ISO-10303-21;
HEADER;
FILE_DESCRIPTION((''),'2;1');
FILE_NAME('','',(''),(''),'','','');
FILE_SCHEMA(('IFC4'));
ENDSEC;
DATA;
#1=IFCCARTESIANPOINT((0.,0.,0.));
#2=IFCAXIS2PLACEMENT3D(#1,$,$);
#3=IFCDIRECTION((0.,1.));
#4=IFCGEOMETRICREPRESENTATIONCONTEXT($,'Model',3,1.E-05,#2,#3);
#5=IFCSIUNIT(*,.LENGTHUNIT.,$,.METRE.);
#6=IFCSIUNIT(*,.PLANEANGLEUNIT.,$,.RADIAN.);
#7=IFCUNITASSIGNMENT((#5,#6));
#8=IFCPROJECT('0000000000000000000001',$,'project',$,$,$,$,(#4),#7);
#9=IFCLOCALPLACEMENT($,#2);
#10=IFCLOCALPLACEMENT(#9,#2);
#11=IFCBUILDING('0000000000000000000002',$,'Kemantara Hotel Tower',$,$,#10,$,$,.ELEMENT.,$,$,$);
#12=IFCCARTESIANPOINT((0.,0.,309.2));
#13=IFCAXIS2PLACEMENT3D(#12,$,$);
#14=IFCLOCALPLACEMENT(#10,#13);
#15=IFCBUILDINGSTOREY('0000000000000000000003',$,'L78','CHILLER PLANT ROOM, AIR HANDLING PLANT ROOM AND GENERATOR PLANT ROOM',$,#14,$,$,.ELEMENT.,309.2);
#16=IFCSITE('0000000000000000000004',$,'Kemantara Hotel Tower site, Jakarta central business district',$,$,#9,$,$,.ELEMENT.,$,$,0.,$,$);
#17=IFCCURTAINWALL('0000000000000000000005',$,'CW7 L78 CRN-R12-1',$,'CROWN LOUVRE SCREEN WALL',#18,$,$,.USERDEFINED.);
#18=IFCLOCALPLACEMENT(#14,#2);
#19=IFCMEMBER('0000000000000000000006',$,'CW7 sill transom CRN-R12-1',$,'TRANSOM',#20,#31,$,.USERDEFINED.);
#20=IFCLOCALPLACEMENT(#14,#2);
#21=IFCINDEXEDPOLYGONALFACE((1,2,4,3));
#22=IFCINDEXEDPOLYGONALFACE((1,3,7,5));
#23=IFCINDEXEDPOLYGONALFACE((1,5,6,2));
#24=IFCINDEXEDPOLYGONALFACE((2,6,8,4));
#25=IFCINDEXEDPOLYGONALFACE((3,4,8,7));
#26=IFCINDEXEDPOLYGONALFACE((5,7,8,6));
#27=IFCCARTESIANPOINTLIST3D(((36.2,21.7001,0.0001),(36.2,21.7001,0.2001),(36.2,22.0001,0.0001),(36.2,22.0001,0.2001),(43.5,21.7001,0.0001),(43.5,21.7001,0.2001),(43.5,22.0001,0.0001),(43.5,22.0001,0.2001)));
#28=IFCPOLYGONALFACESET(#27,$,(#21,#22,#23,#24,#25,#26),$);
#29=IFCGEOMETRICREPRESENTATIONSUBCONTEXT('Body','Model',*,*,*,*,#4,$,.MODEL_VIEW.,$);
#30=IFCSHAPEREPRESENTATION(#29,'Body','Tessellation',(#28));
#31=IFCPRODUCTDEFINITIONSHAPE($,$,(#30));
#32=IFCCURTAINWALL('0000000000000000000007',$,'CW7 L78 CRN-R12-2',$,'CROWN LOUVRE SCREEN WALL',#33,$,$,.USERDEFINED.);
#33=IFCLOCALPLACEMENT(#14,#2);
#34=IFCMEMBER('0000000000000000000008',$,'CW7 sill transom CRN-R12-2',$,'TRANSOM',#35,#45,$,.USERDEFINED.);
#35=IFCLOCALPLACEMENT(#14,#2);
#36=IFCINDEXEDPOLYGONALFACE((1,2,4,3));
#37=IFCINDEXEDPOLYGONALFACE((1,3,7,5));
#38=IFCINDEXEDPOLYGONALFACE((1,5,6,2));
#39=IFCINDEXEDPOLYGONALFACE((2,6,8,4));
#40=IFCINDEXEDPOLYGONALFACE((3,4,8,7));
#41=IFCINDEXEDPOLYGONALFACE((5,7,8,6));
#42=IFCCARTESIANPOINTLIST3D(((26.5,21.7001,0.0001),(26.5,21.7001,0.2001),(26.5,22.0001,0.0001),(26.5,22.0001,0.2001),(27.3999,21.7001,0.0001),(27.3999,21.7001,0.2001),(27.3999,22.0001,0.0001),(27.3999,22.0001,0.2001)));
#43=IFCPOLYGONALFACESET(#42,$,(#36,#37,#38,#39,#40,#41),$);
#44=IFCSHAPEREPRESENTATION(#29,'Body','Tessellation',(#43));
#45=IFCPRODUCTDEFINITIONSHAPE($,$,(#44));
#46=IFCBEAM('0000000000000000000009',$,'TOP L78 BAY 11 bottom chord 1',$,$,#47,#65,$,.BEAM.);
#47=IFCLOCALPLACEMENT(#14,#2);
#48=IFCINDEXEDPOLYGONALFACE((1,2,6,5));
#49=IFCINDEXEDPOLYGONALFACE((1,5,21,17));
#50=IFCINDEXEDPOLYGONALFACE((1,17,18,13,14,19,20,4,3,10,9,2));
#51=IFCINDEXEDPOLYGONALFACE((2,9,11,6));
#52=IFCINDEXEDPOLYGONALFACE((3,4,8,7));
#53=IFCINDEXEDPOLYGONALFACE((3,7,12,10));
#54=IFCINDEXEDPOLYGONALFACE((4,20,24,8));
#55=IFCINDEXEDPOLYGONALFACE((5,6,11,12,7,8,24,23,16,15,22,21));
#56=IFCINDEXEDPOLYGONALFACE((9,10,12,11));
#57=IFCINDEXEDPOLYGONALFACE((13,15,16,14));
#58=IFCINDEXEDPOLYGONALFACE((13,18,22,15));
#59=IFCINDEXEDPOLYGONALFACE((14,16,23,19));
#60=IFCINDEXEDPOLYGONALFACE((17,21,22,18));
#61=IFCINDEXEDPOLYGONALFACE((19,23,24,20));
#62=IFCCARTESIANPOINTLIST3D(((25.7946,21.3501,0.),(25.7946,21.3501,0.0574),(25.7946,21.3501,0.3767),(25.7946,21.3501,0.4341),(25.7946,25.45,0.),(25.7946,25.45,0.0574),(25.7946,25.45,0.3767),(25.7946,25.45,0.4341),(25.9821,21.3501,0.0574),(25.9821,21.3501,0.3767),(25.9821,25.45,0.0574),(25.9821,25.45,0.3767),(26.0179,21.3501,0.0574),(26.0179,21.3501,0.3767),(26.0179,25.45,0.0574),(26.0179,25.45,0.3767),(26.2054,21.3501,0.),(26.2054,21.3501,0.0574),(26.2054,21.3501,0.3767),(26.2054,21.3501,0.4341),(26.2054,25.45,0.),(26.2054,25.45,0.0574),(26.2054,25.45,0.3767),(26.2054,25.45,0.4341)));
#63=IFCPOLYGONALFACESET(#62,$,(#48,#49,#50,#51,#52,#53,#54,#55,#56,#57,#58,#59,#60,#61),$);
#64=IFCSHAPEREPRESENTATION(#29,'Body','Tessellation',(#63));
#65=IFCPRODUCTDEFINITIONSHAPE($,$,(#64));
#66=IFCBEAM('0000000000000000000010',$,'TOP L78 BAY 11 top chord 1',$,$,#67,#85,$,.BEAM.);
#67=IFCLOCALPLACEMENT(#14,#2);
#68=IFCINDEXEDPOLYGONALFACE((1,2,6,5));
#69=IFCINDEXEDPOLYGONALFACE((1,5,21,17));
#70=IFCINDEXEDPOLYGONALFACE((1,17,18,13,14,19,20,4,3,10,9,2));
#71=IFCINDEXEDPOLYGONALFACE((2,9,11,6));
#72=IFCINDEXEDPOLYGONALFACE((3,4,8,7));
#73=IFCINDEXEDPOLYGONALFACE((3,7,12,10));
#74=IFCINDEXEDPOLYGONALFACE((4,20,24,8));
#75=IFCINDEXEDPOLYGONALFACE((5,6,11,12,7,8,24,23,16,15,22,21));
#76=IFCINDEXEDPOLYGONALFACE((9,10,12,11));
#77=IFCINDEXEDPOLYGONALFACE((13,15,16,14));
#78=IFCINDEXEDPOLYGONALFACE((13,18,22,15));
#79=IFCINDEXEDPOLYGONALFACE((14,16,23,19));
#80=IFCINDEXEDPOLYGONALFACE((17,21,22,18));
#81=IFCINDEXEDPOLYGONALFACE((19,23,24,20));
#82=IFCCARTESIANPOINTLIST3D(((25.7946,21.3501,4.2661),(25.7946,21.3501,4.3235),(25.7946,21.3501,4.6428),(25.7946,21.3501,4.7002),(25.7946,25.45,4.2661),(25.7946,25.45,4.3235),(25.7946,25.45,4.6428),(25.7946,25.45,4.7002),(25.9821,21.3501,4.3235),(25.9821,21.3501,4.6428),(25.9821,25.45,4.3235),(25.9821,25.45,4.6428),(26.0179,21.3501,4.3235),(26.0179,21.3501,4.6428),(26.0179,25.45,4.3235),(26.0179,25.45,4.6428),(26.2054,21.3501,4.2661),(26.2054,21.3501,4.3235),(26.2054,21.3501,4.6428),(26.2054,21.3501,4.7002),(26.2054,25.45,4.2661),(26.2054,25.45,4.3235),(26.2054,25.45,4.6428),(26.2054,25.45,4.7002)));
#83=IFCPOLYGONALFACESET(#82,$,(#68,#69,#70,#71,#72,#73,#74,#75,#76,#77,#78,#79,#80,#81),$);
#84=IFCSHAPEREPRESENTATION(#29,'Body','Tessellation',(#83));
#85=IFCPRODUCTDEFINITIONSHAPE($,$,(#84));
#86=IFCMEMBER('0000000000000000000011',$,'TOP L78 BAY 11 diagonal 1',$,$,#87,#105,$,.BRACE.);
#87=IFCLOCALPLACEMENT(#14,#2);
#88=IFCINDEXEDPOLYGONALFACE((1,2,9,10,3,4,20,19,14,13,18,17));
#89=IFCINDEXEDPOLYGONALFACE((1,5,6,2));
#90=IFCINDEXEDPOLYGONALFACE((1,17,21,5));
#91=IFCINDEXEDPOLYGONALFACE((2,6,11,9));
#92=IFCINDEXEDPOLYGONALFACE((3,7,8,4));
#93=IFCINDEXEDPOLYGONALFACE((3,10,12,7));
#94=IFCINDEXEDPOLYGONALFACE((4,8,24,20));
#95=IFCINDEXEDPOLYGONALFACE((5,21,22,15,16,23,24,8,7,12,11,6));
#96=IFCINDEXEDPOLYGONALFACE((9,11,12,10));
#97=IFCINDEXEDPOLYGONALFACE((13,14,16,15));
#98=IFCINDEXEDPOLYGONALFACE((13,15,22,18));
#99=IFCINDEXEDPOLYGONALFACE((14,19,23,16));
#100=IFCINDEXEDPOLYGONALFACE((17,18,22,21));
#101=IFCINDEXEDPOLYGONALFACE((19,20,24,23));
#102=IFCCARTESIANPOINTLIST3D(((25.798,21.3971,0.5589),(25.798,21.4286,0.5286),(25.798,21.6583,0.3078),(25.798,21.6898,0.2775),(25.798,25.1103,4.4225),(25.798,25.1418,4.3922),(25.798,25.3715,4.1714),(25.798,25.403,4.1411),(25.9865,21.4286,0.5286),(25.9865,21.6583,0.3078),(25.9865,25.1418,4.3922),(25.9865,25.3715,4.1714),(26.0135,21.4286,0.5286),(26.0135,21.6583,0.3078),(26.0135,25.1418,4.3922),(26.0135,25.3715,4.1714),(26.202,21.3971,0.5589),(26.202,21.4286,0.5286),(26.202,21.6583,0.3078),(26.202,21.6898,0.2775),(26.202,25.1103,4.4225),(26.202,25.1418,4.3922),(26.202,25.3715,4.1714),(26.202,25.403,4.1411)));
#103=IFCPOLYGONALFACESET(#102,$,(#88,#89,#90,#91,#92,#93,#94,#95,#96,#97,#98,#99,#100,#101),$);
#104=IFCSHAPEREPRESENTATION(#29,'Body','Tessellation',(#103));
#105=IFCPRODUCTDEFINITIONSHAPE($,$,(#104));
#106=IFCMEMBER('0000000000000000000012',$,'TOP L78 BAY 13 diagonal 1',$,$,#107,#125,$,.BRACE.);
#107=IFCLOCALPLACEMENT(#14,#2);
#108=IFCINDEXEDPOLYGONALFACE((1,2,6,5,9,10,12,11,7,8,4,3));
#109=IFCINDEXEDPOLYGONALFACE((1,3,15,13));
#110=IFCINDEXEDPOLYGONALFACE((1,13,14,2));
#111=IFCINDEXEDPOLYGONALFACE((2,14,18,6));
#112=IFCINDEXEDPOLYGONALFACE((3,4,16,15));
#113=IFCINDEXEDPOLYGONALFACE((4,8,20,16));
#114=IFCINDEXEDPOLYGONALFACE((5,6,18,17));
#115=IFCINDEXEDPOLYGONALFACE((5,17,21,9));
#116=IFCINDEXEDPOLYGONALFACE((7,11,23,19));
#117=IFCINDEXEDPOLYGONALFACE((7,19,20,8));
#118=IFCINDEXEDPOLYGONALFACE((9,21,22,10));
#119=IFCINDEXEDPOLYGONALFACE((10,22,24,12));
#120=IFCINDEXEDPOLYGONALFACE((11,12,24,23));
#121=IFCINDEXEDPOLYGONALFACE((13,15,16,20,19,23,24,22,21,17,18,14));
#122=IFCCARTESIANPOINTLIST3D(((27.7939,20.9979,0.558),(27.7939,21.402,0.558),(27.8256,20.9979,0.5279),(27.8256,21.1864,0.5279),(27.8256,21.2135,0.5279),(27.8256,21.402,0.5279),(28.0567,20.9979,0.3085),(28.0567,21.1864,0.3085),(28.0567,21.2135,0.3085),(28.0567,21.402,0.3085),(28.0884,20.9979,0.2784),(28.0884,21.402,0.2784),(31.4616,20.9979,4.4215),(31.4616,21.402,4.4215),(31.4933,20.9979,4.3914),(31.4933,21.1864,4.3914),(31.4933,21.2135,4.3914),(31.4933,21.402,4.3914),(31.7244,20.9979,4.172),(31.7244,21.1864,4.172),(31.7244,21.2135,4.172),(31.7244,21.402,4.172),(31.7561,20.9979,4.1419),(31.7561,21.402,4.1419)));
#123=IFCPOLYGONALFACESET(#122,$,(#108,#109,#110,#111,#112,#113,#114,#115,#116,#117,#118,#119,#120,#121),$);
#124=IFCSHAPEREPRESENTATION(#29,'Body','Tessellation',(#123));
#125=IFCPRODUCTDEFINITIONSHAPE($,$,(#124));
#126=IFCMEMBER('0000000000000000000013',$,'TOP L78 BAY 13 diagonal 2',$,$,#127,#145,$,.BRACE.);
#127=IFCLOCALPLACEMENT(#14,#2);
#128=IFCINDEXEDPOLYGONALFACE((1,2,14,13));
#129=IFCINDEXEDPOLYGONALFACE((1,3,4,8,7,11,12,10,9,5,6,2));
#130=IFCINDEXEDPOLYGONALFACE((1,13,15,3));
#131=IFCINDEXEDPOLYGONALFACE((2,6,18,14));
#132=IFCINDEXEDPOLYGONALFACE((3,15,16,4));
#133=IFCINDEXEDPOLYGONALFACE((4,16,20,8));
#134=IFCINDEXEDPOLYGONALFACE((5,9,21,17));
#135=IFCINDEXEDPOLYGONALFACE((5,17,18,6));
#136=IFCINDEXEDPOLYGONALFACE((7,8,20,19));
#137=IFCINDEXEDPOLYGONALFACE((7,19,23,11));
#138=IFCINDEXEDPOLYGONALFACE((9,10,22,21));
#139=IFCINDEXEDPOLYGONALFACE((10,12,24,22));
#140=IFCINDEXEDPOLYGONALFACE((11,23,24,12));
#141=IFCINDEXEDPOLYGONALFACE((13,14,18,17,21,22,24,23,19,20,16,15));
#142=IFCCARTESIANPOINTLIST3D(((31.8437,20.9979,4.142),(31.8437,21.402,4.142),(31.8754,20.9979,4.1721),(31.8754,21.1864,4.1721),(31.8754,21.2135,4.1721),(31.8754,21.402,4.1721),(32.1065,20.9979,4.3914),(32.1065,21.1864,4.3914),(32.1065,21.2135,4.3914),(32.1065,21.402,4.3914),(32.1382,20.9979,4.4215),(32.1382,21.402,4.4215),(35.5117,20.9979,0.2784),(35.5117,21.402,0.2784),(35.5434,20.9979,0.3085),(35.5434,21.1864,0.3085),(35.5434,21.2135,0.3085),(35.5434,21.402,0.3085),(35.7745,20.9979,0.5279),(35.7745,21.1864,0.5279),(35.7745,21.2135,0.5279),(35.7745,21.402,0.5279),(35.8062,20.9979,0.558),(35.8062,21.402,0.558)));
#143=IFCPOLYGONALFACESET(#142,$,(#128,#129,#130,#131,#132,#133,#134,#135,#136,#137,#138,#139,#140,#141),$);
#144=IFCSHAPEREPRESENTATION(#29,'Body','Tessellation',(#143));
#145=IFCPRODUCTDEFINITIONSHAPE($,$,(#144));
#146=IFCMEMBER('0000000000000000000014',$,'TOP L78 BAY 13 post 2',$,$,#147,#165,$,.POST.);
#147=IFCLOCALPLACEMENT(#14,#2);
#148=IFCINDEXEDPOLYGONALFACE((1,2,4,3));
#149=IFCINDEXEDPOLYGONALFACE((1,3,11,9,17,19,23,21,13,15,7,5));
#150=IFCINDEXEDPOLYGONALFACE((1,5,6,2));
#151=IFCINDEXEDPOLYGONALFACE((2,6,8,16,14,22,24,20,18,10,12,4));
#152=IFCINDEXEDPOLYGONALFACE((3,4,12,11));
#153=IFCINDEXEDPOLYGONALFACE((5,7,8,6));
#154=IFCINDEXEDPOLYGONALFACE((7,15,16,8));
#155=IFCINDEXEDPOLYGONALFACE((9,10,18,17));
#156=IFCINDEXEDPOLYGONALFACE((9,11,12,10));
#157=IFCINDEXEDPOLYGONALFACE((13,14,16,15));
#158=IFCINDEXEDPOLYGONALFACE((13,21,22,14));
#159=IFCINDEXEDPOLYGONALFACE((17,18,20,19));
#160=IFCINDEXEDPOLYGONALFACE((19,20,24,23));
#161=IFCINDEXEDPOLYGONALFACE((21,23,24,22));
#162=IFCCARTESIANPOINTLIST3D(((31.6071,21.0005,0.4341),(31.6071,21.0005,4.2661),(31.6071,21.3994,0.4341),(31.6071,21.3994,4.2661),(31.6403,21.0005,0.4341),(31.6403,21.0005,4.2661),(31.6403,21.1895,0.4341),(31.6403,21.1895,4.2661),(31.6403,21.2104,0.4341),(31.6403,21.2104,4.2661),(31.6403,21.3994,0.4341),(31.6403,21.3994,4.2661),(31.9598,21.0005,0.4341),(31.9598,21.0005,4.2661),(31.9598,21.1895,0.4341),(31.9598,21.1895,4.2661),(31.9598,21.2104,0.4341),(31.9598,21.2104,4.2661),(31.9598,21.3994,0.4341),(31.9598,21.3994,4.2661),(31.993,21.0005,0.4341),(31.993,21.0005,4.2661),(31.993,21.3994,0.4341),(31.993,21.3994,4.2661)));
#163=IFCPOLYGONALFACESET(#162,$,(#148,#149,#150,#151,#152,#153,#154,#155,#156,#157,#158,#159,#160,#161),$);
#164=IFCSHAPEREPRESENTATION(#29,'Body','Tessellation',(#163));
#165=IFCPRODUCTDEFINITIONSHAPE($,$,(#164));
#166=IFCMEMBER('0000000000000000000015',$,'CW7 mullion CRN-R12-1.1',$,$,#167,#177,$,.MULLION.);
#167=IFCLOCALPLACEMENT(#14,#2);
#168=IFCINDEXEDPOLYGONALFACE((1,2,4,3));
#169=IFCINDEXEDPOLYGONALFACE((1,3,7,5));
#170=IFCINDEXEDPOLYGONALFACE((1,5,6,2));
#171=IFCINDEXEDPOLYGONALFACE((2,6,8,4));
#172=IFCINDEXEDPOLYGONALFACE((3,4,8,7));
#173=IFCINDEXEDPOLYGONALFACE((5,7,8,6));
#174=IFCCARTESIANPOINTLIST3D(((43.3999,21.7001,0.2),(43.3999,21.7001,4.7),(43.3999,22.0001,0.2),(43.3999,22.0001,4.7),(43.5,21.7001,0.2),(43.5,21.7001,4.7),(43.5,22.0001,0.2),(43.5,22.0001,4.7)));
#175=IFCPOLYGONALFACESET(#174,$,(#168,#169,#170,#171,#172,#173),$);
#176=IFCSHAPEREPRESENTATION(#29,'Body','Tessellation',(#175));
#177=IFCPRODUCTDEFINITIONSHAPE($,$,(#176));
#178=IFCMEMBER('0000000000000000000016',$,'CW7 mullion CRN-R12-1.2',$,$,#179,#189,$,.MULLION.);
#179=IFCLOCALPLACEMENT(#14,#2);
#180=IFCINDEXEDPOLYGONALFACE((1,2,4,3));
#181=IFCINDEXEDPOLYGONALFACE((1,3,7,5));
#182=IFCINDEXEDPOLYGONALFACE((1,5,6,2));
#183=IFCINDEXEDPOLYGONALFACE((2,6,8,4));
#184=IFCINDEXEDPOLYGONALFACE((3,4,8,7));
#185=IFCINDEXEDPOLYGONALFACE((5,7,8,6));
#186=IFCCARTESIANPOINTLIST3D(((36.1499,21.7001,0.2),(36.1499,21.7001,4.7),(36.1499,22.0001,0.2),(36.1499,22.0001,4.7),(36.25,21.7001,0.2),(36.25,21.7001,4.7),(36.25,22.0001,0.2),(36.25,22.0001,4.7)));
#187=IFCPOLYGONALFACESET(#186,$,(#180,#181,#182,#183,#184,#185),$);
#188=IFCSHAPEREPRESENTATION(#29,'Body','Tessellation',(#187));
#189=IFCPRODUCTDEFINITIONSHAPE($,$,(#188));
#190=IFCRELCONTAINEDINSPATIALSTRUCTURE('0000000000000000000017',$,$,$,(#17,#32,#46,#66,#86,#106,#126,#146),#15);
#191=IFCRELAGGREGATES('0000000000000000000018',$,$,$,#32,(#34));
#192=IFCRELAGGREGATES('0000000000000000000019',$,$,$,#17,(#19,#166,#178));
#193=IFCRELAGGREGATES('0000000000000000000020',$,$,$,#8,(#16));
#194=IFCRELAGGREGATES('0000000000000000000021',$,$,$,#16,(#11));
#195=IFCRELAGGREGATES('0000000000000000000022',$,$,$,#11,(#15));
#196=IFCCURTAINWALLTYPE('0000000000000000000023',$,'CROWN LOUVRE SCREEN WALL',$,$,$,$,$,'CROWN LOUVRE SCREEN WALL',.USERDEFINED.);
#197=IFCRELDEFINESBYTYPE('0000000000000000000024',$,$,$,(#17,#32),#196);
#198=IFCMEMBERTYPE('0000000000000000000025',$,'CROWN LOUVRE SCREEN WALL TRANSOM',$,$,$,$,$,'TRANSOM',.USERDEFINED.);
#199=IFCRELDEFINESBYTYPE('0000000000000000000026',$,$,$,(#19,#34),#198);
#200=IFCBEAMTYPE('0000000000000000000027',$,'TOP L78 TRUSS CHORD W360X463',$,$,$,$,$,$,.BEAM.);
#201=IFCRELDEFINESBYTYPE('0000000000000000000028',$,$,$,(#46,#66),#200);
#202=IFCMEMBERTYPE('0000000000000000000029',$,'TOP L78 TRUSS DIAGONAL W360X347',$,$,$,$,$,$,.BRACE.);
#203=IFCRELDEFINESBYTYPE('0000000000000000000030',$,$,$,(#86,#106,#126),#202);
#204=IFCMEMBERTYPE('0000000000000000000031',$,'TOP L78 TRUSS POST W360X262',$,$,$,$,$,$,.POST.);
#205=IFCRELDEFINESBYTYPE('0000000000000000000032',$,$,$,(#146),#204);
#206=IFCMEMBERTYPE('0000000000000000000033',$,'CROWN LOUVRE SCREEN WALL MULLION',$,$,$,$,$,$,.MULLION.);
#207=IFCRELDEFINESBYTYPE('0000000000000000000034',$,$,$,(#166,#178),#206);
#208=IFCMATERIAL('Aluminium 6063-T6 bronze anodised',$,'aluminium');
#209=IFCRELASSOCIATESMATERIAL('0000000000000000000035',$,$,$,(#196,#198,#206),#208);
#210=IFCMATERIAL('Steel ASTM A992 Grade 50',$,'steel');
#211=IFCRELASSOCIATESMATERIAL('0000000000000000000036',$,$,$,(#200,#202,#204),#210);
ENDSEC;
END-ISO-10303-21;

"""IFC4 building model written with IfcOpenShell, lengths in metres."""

from ifc_helpers import new_model, si_unit, direction, frame, origin, origin_2d, place, context, subcontext, project, spatial, rectangle, i_section, extrude, source, transform, mapped, material, material_profile, profile_set, type_object, element, aggregate, save


model = new_model("IFC4")

# Units and contexts
model_context = context("Model", 3, precision=1e-05, world=origin(), true_north=direction((0.0, 1.0)))
body_context = subcontext(model_context, "Body", "Model", "MODEL_VIEW")
ifc_project = project(units=[si_unit("LENGTHUNIT", "METRE"), si_unit("PLANEANGLEUNIT", "RADIAN")], contexts=[model_context])

# Site, building, storey
site_placement = place(None, origin())
site = spatial("IfcSite", under=ifc_project, at=site_placement, Name="Kemantara Hotel Tower site, Jakarta central business district", CompositionType="ELEMENT", RefElevation=0.0)
building_placement = place(site_placement, origin())
building = spatial("IfcBuilding", under=site, at=building_placement, Name="Kemantara Hotel Tower", CompositionType="ELEMENT")
storey_placement = place(building_placement, frame((0.0, 0.0, 309.2)))
storey = spatial("IfcBuildingStorey", under=building, at=storey_placement, Name="L78", Description="CHILLER PLANT ROOM, AIR HANDLING PLANT ROOM AND GENERATOR PLANT ROOM", CompositionType="ELEMENT", Elevation=309.2)

# Curtain walls, members
ifc_material_1 = material(Name="Aluminium 6063-T6 bronze anodised", Category="aluminium")
curtain_wall_type = type_object("IfcCurtainWallType", Name="CROWN LOUVRE SCREEN WALL", ElementType="CROWN LOUVRE SCREEN WALL", PredefinedType="USERDEFINED", material=ifc_material_1)
curtain_wall_1_placement = place(storey_placement, origin())
curtain_wall_1 = element("IfcCurtainWall", 1, at=curtain_wall_1_placement, inside=storey, type_object=curtain_wall_type, Name="CW7 L78 CRN-R12-1", ObjectType="CROWN LOUVRE SCREEN WALL", PredefinedType="USERDEFINED")
ifc_material_profile_1 = material_profile(ifc_material_1, rectangle(XDim=0.3, YDim=0.2, at=origin_2d()), Name="CROWN LOUVRE SCREEN WALL TRANSOM")
ifc_profile_set_1 = profile_set([ifc_material_profile_1], Name="Aluminium 6063-T6 bronze anodised")
member_type_1 = type_object("IfcMemberType", Name="CROWN LOUVRE SCREEN WALL TRANSOM", ElementType="TRANSOM", PredefinedType="USERDEFINED", material=ifc_profile_set_1)
member_1_placement = place(storey_placement, frame((43.5, 21.8501, 0.1001), z_axis=(-1.0, 0.0, 0.0), x_axis=(0.0, -1.0, 0.0)))
member_1 = element("IfcMember", 2, at=member_1_placement, type_object=member_type_1, Name="CW7 sill transom CRN-R12-1", ObjectType="TRANSOM", PredefinedType="USERDEFINED", context=body_context, shape_type="SweptSolid", body=[
    extrude(rectangle(XDim=0.3, YDim=0.2, at=origin_2d()), origin(), (0.0, 0.0, 1.0), 7.3),
])
curtain_wall_2_placement = place(storey_placement, origin())
curtain_wall_2 = element("IfcCurtainWall", 3, at=curtain_wall_2_placement, inside=storey, type_object=curtain_wall_type, Name="CW7 L78 CRN-R12-2", ObjectType="CROWN LOUVRE SCREEN WALL", PredefinedType="USERDEFINED")
member_2_placement = place(storey_placement, frame((27.3999, 21.8501, 0.1001), z_axis=(-1.0, 0.0, 0.0), x_axis=(0.0, -1.0, 0.0)))
member_2 = element("IfcMember", 4, at=member_2_placement, type_object=member_type_1, Name="CW7 sill transom CRN-R12-2", ObjectType="TRANSOM", PredefinedType="USERDEFINED", context=body_context, shape_type="SweptSolid", body=[
    extrude(rectangle(XDim=0.3, YDim=0.2, at=origin_2d()), origin(), (0.0, 0.0, 1.0), 0.8999),
])

# Beams
ifc_material_2 = material(Name="Steel ASTM A992 Grade 50", Category="steel")
ifc_material_profile_2 = material_profile(ifc_material_2, i_section(OverallWidth=0.4109, OverallDepth=0.4341, WebThickness=0.0359, FlangeThickness=0.0574, at=origin_2d()), Name="W360X463")
ifc_profile_set_2 = profile_set([ifc_material_profile_2], Name="Steel ASTM A992 Grade 50")
beam_type = type_object("IfcBeamType", Name="TOP L78 TRUSS CHORD W360X463", PredefinedType="BEAM", material=ifc_profile_set_2)
for number, where, z_axis, x_axis, name in (
    (5, (26.0, 21.3501, 0.217), (0.0, 1.0, 0.0), (-1.0, 0.0, 0.0), "TOP L78 BAY 11 bottom chord 1"),
    (6, (26.0, 21.3501, 4.4832), (0.0, 1.0, 0.0), (-1.0, 0.0, 0.0), "TOP L78 BAY 11 top chord 1"),
):
    element("IfcBeam", number, at=place(storey_placement, frame(where, z_axis=z_axis, x_axis=x_axis)), inside=storey, type_object=beam_type, Name=name, PredefinedType="BEAM", context=body_context, shape_type="SweptSolid", body=[
        extrude(i_section(OverallWidth=0.4109, OverallDepth=0.4341, WebThickness=0.0359, FlangeThickness=0.0574, at=origin_2d()), origin(), (0.0, 0.0, 1.0), 4.0999),
    ])

# Members
ifc_material_profile_3 = material_profile(ifc_material_2, i_section(OverallWidth=0.4041, OverallDepth=0.406, WebThickness=0.0271, FlangeThickness=0.0437, at=origin_2d()), Name="W360X347")
ifc_profile_set_3 = profile_set([ifc_material_profile_3], Name="Steel ASTM A992 Grade 50")
member_type_2 = type_object("IfcMemberType", Name="TOP L78 TRUSS DIAGONAL W360X347", PredefinedType="BRACE", material=ifc_profile_set_3)
member_3_placement = place(storey_placement, frame((26.0, 21.5435, 0.4182), z_axis=(0.0, 0.692935, 0.721), x_axis=(-1.0, 0.0, 0.0)))
element("IfcMember", 7, at=member_3_placement, inside=storey, type_object=member_type_2, Name="TOP L78 BAY 11 diagonal 1", PredefinedType="BRACE", context=body_context, shape_type="SweptSolid", body=[
    extrude(i_section(OverallWidth=0.4041, OverallDepth=0.406, WebThickness=0.0271, FlangeThickness=0.0437, at=origin_2d()), origin(), (0.0, 0.0, 1.0), 5.3586),
])
member_4_placement = place(storey_placement, frame((27.9412, 21.2, 0.4182), z_axis=(0.68849, 0.0, 0.725245), x_axis=(0.0, 1.0, 0.0)))
element("IfcMember", 8, at=member_4_placement, inside=storey, type_object=member_type_2, Name="TOP L78 BAY 13 diagonal 1", PredefinedType="BRACE", context=body_context, shape_type="SweptSolid", body=[
    extrude(i_section(OverallWidth=0.4041, OverallDepth=0.406, WebThickness=0.0271, FlangeThickness=0.0437, at=origin_2d()), origin(), (0.0, 0.0, 1.0), 5.3271),
])
member_5_placement = place(storey_placement, frame((35.6589, 21.2, 0.4182), z_axis=(-0.688515, 0.0, 0.725223), x_axis=(0.0, -1.0, 0.0)))
element("IfcMember", 9, at=member_5_placement, inside=storey, type_object=member_type_2, Name="TOP L78 BAY 13 diagonal 2", PredefinedType="BRACE", context=body_context, shape_type="SweptSolid", body=[
    extrude(i_section(OverallWidth=0.4041, OverallDepth=0.406, WebThickness=0.0271, FlangeThickness=0.0437, at=origin_2d()), origin(), (0.0, 0.0, 1.0), 5.3274),
])
ifc_material_profile_4 = material_profile(ifc_material_2, i_section(OverallWidth=0.3989, OverallDepth=0.386, WebThickness=0.021, FlangeThickness=0.0332, at=origin_2d()), Name="W360X262")
ifc_profile_set_4 = profile_set([ifc_material_profile_4], Name="Steel ASTM A992 Grade 50")
member_type_3 = type_object("IfcMemberType", Name="TOP L78 TRUSS POST W360X262", PredefinedType="POST", material=ifc_profile_set_4)
member_6_placement = place(storey_placement, frame((31.8, 21.2, 0.4341), z_axis=(0.0, 0.0, 1.0), x_axis=(0.0, 1.0, 0.0)))
element("IfcMember", 10, at=member_6_placement, inside=storey, type_object=member_type_3, Name="TOP L78 BAY 13 post 2", PredefinedType="POST", context=body_context, shape_type="SweptSolid", body=[
    extrude(i_section(OverallWidth=0.3989, OverallDepth=0.386, WebThickness=0.021, FlangeThickness=0.0332, at=origin_2d()), origin(), (0.0, 0.0, 1.0), 3.832),
])

# Members
ifc_material_profile_5 = material_profile(ifc_material_1, rectangle(XDim=0.3, YDim=0.1001, at=origin_2d()), Name="CROWN LOUVRE SCREEN WALL MULLION")
ifc_profile_set_5 = profile_set([ifc_material_profile_5], Name="Aluminium 6063-T6 bronze anodised")
member_type_4 = type_object("IfcMemberType", Name="CROWN LOUVRE SCREEN WALL MULLION", PredefinedType="MULLION", material=ifc_profile_set_5)
shared_shape_1 = source(origin(), body_context, "Body", "SweptSolid", [
    extrude(rectangle(XDim=0.3, YDim=0.1001, at=origin_2d()), origin(), (0.0, 0.0, 1.0), 4.5),
])
member_7_placement = place(storey_placement, frame((43.45, 21.8501, 0.2), z_axis=(0.0, 0.0, 1.0), x_axis=(0.0, -1.0, 0.0)))
member_7 = element("IfcMember", 11, at=member_7_placement, type_object=member_type_4, Name="CW7 mullion CRN-R12-1.1", PredefinedType="MULLION", context=body_context, shape_type="MappedRepresentation", body=[
    mapped(shared_shape_1, transform((0.0, 0.0, 0.0))),
])
member_8_placement = place(storey_placement, frame((36.2, 21.8501, 0.2), z_axis=(0.0, 0.0, 1.0), x_axis=(0.0, -1.0, 0.0)))
member_8 = element("IfcMember", 12, at=member_8_placement, type_object=member_type_4, Name="CW7 mullion CRN-R12-1.2", PredefinedType="MULLION", context=body_context, shape_type="MappedRepresentation", body=[
    mapped(shared_shape_1, transform((0.0, 0.0, 0.0))),
])

aggregate(curtain_wall_2, [member_2])
aggregate(curtain_wall_1, [member_1, member_7, member_8])

save(model, "model.ifc")
